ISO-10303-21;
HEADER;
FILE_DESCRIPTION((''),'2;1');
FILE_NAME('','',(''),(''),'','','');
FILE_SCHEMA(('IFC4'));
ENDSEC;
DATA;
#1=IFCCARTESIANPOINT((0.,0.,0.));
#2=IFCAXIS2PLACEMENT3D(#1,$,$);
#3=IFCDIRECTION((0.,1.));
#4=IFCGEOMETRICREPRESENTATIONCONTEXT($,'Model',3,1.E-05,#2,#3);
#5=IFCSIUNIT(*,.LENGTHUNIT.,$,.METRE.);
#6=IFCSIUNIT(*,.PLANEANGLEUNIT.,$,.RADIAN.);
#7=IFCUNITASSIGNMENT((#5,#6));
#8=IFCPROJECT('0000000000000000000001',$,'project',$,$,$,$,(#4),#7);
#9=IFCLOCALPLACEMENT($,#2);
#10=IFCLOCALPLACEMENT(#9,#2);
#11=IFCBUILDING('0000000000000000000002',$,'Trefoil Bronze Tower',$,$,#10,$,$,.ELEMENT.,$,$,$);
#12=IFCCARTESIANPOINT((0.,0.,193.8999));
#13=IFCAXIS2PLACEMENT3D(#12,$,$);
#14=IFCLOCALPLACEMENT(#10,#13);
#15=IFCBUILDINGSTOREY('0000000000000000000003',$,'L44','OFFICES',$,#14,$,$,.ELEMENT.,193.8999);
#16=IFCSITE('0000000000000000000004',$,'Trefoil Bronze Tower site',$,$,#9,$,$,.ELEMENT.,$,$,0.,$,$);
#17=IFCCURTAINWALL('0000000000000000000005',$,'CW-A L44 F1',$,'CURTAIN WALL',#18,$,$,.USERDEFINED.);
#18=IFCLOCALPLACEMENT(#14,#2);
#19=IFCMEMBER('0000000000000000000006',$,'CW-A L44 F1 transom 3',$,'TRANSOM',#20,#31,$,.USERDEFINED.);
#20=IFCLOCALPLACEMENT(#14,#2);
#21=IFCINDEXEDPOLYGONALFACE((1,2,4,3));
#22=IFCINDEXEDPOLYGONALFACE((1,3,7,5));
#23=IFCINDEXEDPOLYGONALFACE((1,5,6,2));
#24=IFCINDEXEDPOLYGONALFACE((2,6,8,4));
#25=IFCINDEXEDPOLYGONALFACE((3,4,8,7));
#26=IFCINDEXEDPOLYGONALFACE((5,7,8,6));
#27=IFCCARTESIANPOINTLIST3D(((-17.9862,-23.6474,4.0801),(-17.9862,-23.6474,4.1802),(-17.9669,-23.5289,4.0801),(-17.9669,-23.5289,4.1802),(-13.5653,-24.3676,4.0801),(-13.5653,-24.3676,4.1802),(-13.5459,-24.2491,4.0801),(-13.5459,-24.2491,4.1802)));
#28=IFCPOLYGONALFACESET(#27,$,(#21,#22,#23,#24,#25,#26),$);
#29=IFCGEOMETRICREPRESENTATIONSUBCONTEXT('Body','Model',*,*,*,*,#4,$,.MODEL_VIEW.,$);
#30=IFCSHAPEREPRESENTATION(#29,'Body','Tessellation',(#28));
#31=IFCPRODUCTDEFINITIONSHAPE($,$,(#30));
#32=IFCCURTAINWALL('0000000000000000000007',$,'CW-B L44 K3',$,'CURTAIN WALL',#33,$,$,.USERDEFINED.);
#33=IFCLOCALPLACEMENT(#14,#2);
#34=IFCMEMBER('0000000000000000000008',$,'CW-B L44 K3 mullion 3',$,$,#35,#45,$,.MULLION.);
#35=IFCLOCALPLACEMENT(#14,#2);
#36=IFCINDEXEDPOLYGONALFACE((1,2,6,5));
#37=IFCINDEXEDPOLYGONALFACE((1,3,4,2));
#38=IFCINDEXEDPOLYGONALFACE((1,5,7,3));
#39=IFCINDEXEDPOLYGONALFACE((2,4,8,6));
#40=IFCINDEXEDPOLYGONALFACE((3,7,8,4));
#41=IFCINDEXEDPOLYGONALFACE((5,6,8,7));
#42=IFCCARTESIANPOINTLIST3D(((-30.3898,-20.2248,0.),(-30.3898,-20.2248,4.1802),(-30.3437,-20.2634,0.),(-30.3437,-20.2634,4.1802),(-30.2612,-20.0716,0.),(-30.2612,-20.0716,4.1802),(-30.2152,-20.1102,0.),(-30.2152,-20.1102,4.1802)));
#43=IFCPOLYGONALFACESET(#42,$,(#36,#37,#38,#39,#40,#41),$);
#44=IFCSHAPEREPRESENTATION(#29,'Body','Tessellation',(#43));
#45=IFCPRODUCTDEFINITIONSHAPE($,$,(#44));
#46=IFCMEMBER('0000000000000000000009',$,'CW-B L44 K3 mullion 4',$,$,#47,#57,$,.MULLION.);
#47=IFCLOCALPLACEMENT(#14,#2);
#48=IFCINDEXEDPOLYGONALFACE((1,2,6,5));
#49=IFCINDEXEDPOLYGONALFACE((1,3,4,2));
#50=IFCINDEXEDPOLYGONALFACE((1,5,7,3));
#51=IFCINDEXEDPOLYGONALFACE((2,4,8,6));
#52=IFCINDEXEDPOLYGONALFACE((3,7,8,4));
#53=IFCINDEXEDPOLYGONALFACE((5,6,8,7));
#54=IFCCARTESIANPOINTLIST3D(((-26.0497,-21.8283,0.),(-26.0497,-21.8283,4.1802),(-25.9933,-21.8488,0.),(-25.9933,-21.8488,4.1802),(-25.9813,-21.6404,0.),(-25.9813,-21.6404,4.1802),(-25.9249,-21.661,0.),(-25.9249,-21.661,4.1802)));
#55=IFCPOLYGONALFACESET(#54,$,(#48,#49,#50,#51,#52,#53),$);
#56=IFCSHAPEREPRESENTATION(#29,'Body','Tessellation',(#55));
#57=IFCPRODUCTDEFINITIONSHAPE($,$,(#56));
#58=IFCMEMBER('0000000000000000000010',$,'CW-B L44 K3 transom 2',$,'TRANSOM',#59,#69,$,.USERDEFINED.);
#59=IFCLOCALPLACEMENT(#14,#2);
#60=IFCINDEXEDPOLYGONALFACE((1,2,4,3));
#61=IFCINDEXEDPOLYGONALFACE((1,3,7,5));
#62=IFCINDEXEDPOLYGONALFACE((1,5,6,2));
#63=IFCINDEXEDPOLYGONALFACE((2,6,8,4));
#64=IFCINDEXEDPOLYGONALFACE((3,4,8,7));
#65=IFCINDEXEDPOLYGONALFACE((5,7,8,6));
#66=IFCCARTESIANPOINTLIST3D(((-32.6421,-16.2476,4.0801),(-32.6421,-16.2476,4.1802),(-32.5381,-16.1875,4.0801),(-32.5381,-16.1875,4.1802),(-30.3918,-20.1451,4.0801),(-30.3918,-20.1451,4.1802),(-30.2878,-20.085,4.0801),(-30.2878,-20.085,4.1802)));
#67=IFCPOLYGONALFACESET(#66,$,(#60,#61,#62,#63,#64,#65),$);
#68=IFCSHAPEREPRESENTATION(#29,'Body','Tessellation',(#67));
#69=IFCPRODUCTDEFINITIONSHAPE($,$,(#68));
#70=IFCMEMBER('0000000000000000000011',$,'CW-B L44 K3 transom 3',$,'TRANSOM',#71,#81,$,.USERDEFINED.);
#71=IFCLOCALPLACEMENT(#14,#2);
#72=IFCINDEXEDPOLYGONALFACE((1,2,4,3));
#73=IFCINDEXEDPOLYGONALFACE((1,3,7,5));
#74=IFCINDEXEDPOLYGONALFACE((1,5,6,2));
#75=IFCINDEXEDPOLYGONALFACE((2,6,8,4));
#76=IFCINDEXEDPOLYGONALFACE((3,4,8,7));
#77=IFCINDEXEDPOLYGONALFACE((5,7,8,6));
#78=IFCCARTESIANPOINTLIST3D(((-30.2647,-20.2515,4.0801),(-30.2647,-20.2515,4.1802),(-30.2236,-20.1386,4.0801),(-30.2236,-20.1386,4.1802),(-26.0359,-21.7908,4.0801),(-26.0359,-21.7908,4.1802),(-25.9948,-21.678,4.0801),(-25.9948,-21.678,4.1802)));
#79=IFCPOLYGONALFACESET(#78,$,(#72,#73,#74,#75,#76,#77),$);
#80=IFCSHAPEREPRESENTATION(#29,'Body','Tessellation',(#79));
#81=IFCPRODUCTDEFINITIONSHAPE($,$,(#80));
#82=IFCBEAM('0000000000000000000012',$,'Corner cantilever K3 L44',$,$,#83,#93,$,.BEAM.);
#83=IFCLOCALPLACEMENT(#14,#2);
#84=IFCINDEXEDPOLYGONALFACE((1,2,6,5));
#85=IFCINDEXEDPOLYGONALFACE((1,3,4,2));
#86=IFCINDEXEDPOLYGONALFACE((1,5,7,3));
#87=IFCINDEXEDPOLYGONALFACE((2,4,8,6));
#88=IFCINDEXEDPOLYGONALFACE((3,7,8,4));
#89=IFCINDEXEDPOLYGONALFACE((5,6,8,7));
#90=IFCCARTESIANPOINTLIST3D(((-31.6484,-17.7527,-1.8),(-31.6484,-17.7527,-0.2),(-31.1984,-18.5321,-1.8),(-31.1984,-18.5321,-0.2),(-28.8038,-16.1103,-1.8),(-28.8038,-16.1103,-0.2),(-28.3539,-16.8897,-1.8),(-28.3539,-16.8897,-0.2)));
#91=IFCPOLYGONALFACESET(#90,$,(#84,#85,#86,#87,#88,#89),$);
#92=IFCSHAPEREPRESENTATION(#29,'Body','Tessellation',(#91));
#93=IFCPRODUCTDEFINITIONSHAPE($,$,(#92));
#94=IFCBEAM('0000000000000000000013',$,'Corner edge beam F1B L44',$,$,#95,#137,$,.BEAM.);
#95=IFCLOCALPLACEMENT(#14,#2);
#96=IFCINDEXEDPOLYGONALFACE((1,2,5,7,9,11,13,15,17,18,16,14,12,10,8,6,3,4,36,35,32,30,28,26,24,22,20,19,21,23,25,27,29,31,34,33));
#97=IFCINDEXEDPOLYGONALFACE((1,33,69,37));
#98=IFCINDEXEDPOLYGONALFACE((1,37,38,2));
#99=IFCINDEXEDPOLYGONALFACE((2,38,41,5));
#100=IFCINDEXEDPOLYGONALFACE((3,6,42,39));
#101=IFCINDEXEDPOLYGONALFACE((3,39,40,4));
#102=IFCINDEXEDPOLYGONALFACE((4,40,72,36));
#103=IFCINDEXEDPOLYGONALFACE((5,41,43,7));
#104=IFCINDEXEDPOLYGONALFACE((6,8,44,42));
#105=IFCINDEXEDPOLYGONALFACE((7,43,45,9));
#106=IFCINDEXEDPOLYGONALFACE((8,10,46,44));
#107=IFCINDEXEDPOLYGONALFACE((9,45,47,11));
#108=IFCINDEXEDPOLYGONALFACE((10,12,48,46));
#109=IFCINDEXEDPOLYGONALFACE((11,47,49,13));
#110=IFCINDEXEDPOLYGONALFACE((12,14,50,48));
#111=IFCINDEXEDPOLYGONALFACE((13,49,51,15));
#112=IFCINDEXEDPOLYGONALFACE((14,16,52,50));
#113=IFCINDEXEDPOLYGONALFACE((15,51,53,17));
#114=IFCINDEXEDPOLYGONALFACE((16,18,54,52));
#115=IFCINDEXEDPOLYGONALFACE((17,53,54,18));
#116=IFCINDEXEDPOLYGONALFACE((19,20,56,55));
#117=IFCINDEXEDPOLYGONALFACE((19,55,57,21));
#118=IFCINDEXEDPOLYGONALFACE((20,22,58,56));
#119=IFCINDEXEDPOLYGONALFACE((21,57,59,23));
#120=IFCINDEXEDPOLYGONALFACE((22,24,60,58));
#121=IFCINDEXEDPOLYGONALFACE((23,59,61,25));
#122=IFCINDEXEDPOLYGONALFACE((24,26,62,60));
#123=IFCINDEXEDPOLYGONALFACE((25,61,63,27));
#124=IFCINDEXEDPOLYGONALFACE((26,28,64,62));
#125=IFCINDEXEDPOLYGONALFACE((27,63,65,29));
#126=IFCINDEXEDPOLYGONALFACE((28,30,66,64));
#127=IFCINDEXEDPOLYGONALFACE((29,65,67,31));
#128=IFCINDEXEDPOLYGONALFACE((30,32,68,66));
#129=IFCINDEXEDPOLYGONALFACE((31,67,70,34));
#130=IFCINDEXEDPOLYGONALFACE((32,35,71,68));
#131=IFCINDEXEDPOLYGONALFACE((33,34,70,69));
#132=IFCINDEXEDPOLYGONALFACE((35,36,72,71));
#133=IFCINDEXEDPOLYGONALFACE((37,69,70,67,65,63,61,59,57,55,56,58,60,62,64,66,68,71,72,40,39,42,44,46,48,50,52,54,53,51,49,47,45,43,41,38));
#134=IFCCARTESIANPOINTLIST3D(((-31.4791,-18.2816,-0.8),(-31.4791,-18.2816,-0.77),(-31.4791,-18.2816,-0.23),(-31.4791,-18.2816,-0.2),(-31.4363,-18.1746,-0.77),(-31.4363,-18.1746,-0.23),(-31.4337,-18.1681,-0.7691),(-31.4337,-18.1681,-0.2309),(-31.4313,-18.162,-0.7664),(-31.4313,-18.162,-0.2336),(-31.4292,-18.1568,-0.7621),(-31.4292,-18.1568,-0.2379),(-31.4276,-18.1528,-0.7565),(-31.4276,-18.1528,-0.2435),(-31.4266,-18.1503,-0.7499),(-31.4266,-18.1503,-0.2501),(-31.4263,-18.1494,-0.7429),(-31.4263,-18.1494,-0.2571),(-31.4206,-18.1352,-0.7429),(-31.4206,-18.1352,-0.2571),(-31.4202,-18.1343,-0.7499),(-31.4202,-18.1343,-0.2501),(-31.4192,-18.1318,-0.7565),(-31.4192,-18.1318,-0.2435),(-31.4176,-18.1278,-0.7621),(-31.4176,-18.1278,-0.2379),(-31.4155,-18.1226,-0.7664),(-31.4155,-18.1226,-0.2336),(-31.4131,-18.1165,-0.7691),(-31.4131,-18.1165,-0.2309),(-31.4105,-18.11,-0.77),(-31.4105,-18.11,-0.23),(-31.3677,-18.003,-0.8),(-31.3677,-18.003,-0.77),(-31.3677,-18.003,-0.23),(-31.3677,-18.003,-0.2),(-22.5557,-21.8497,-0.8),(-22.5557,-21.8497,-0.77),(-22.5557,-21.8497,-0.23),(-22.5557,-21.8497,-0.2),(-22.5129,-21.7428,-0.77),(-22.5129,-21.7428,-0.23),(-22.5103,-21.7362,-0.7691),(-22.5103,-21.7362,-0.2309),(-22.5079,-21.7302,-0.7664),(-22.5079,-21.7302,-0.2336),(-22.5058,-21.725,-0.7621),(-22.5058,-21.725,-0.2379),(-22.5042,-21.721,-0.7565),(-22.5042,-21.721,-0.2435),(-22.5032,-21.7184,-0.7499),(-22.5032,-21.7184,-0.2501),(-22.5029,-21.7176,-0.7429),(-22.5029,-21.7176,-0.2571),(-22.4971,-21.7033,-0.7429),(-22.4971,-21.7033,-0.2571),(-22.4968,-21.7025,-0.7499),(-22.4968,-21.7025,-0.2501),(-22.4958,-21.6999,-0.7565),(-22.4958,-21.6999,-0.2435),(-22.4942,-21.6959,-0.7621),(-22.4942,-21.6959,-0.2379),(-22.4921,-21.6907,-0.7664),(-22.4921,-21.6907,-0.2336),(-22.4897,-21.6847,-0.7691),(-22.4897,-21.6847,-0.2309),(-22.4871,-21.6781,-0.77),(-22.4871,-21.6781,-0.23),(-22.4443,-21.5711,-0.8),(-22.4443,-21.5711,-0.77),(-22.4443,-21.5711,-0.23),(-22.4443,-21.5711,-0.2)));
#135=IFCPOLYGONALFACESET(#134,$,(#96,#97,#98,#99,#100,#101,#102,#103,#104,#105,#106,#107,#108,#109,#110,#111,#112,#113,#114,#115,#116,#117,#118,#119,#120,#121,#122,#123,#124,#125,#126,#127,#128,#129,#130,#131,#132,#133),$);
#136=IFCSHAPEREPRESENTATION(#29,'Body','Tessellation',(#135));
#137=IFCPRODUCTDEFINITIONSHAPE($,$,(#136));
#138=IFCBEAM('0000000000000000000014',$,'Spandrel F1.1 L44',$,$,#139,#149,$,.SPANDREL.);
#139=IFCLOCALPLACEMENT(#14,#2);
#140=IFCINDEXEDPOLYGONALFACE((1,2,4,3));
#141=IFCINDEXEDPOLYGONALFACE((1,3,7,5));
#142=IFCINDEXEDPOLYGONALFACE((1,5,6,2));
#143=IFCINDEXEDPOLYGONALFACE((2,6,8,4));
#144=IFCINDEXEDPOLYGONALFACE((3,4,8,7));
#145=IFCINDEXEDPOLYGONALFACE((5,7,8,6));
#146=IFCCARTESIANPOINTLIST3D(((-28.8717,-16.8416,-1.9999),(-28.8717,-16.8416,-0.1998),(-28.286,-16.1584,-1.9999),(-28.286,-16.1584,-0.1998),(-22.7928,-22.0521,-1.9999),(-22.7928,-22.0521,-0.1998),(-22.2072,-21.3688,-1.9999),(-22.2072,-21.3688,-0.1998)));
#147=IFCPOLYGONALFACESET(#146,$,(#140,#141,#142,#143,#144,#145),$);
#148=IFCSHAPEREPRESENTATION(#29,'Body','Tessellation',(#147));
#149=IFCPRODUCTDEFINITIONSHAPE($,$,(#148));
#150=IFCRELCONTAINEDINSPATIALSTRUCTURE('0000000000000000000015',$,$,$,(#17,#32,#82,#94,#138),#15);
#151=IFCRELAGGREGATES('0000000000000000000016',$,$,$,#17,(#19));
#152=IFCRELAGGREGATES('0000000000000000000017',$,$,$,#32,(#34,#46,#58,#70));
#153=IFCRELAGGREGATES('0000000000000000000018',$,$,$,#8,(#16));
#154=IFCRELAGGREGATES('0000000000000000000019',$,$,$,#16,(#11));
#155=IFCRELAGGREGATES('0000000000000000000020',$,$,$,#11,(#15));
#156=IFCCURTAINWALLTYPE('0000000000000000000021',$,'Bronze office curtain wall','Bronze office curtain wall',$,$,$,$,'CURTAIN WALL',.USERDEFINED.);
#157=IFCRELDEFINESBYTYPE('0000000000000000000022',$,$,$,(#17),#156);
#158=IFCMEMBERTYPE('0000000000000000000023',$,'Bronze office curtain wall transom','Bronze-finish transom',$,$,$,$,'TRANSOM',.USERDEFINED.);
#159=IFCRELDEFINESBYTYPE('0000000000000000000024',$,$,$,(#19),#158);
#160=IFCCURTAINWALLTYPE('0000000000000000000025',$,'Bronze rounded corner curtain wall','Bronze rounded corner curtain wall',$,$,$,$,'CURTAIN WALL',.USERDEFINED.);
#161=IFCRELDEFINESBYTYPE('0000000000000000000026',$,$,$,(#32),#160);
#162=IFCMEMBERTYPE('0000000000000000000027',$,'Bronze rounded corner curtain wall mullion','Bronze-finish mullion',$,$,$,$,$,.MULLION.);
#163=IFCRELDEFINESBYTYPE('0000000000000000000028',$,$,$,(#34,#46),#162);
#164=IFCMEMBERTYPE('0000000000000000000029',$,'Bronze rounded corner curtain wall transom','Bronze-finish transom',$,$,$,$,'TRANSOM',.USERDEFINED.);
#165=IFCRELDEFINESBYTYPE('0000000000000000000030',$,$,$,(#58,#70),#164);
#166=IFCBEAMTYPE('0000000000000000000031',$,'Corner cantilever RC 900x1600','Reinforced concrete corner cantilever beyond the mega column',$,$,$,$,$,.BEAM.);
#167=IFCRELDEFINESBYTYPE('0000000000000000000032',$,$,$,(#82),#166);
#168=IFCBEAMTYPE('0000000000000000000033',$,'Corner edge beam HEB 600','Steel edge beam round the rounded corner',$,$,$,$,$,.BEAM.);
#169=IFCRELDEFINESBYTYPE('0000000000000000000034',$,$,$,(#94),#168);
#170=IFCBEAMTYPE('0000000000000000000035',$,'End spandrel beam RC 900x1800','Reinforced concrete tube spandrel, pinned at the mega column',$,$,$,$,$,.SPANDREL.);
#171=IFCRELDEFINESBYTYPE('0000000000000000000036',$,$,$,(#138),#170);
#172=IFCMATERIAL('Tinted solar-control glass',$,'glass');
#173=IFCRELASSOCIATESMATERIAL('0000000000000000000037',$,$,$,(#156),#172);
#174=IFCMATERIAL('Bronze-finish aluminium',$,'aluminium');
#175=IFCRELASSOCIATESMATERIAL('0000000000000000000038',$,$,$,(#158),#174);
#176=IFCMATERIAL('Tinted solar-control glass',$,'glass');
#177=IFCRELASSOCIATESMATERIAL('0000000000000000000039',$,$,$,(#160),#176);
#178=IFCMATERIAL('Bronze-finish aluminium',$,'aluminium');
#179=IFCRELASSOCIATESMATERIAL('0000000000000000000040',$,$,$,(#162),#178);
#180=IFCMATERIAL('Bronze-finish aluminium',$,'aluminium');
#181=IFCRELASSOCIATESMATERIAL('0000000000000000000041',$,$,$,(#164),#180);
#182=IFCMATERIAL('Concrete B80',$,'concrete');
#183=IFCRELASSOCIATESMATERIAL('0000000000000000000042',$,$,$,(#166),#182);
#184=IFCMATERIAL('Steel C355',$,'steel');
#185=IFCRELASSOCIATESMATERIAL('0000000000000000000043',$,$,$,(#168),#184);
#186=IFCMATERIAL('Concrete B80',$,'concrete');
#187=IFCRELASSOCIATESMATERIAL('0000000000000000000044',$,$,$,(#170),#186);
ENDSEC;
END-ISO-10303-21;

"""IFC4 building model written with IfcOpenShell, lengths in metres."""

from ifc_helpers import new_model, si_unit, direction, frame, origin, origin_2d, place, context, subcontext, project, spatial, rectangle, i_section, extrude, material, material_profile, profile_set, type_object, element, aggregate, save


model = new_model("IFC4")

# Units and contexts
model_context = context("Model", 3, precision=1e-05, world=origin(), true_north=direction((0.0, 1.0)))
body_context = subcontext(model_context, "Body", "Model", "MODEL_VIEW")
ifc_project = project(units=[si_unit("LENGTHUNIT", "METRE"), si_unit("PLANEANGLEUNIT", "RADIAN")], contexts=[model_context])

# Site, building, storey
site_placement = place(None, origin())
site = spatial("IfcSite", under=ifc_project, at=site_placement, Name="Trefoil Bronze Tower site", CompositionType="ELEMENT", RefElevation=0.0)
building_placement = place(site_placement, origin())
building = spatial("IfcBuilding", under=site, at=building_placement, Name="Trefoil Bronze Tower", CompositionType="ELEMENT")
storey_placement = place(building_placement, frame((0.0, 0.0, 193.8999)))
storey = spatial("IfcBuildingStorey", under=building, at=storey_placement, Name="L44", Description="OFFICES", CompositionType="ELEMENT", Elevation=193.8999)

# Curtain walls, members
ifc_material_1 = material(Name="Tinted solar-control glass", Category="glass")
curtain_wall_type_1 = type_object("IfcCurtainWallType", Name="Bronze office curtain wall", Description="Bronze office curtain wall", ElementType="CURTAIN WALL", PredefinedType="USERDEFINED", material=ifc_material_1)
curtain_wall_1_placement = place(storey_placement, origin())
curtain_wall_1 = element("IfcCurtainWall", 1, at=curtain_wall_1_placement, inside=storey, type_object=curtain_wall_type_1, Name="CW-A L44 F1", ObjectType="CURTAIN WALL", PredefinedType="USERDEFINED")
ifc_material_2 = material(Name="Bronze-finish aluminium", Category="aluminium")
ifc_material_profile_1 = material_profile(ifc_material_2, rectangle(XDim=0.1201, YDim=0.1001, at=origin_2d()), Name="CW-A transom")
ifc_profile_set_1 = profile_set([ifc_material_profile_1], Name="Bronze-finish aluminium")
member_type_1 = type_object("IfcMemberType", Name="Bronze office curtain wall transom", Description="Bronze-finish transom", ElementType="TRANSOM", PredefinedType="USERDEFINED", material=ifc_profile_set_1)
member_1_placement = place(storey_placement, frame((-17.9766, -23.5881, 4.1301), z_axis=(0.986988, -0.160792, 0.0), x_axis=(0.160792, 0.986988, 0.0)))
member_1 = element("IfcMember", 2, at=member_1_placement, type_object=member_type_1, Name="CW-A L44 F1 transom 3", ObjectType="TRANSOM", PredefinedType="USERDEFINED", context=body_context, shape_type="SweptSolid", body=[
    extrude(rectangle(XDim=0.1201, YDim=0.1001, at=origin_2d()), origin(), (0.0, 0.0, 1.0), 4.4792),
])
ifc_material_3 = material(Name="Tinted solar-control glass", Category="glass")
curtain_wall_type_2 = type_object("IfcCurtainWallType", Name="Bronze rounded corner curtain wall", Description="Bronze rounded corner curtain wall", ElementType="CURTAIN WALL", PredefinedType="USERDEFINED", material=ifc_material_3)
curtain_wall_2_placement = place(storey_placement, origin())
curtain_wall_2 = element("IfcCurtainWall", 3, at=curtain_wall_2_placement, inside=storey, type_object=curtain_wall_type_2, Name="CW-B L44 K3", ObjectType="CURTAIN WALL", PredefinedType="USERDEFINED")
ifc_material_4 = material(Name="Bronze-finish aluminium", Category="aluminium")
ifc_material_profile_2 = material_profile(ifc_material_4, rectangle(XDim=0.2, YDim=0.0601, at=origin_2d()), Name="CW-B mullion")
ifc_profile_set_2 = profile_set([ifc_material_profile_2], Name="Bronze-finish aluminium")
member_type_2 = type_object("IfcMemberType", Name="Bronze rounded corner curtain wall mullion", Description="Bronze-finish mullion", PredefinedType="MULLION", material=ifc_profile_set_2)
member_2_placement = place(storey_placement, frame((-30.3025, -20.1675, 0.0), z_axis=(0.0, 0.0, 1.0), x_axis=(0.642788, 0.766044, 0.0)))
member_2 = element("IfcMember", 4, at=member_2_placement, type_object=member_type_2, Name="CW-B L44 K3 mullion 3", PredefinedType="MULLION", context=body_context, shape_type="SweptSolid", body=[
    extrude(rectangle(XDim=0.2, YDim=0.0601, at=origin_2d()), origin(), (0.0, 0.0, 1.0), 4.1802),
])
member_3_placement = place(storey_placement, frame((-25.9873, -21.7446, 0.0), z_axis=(0.0, 0.0, 1.0), x_axis=(0.34202, 0.939693, 0.0)))
member_3 = element("IfcMember", 5, at=member_3_placement, type_object=member_type_2, Name="CW-B L44 K3 mullion 4", PredefinedType="MULLION", context=body_context, shape_type="SweptSolid", body=[
    extrude(rectangle(XDim=0.2, YDim=0.0601, at=origin_2d()), origin(), (0.0, 0.0, 1.0), 4.1802),
])
ifc_material_5 = material(Name="Bronze-finish aluminium", Category="aluminium")
ifc_material_profile_3 = material_profile(ifc_material_5, rectangle(XDim=0.1201, YDim=0.1001, at=origin_2d()), Name="CW-B transom")
ifc_profile_set_3 = profile_set([ifc_material_profile_3], Name="Bronze-finish aluminium")
member_type_3 = type_object("IfcMemberType", Name="Bronze rounded corner curtain wall transom", Description="Bronze-finish transom", ElementType="TRANSOM", PredefinedType="USERDEFINED", material=ifc_profile_set_3)
member_4_placement = place(storey_placement, frame((-32.5901, -16.2175, 4.1301), z_axis=(0.500007, -0.866021, 0.0), x_axis=(0.866021, 0.500007, 0.0)))
member_4 = element("IfcMember", 6, at=member_4_placement, type_object=member_type_3, Name="CW-B L44 K3 transom 2", ObjectType="TRANSOM", PredefinedType="USERDEFINED", context=body_context, shape_type="SweptSolid", body=[
    extrude(rectangle(XDim=0.1201, YDim=0.1001, at=origin_2d()), origin(), (0.0, 0.0, 1.0), 4.5005),
])
member_5_placement = place(storey_placement, frame((-30.2441, -20.1951, 4.1301), z_axis=(0.939681, -0.342052, 0.0), x_axis=(0.342052, 0.939681, 0.0)))
member_5 = element("IfcMember", 7, at=member_5_placement, type_object=member_type_3, Name="CW-B L44 K3 transom 3", ObjectType="TRANSOM", PredefinedType="USERDEFINED", context=body_context, shape_type="SweptSolid", body=[
    extrude(rectangle(XDim=0.1201, YDim=0.1001, at=origin_2d()), origin(), (0.0, 0.0, 1.0), 4.5002),
])

# Beams
ifc_material_6 = material(Name="Concrete B80", Category="concrete")
ifc_material_profile_4 = material_profile(ifc_material_6, rectangle(XDim=0.8999, YDim=1.6001, at=origin_2d()), Name="RC 900x1600")
ifc_profile_set_4 = profile_set([ifc_material_profile_4], Name="Concrete B80")
beam_type_1 = type_object("IfcBeamType", Name="Corner cantilever RC 900x1600", Description="Reinforced concrete corner cantilever beyond the mega column", PredefinedType="BEAM", material=ifc_profile_set_4)
beam_1_placement = place(storey_placement, frame((-28.5789, -16.5, -1.0), z_axis=(-0.866016, -0.500016, 0.0), x_axis=(0.500016, -0.866016, 0.0)))
element("IfcBeam", 8, at=beam_1_placement, inside=storey, type_object=beam_type_1, Name="Corner cantilever K3 L44", PredefinedType="BEAM", context=body_context, shape_type="SweptSolid", body=[
    extrude(rectangle(XDim=0.8999, YDim=1.6001, at=origin_2d()), origin(), (0.0, 0.0, 1.0), 3.2847),
])
ifc_material_7 = material(Name="Steel C355", Category="steel")
ifc_material_profile_5 = material_profile(ifc_material_7, i_section(OverallWidth=0.3, OverallDepth=0.6001, WebThickness=0.0154, FlangeThickness=0.03, FilletRadius=0.0271, at=origin_2d()), Name="HEB 600")
ifc_profile_set_5 = profile_set([ifc_material_profile_5], Name="Steel C355")
beam_type_2 = type_object("IfcBeamType", Name="Corner edge beam HEB 600", Description="Steel edge beam round the rounded corner", PredefinedType="BEAM", material=ifc_profile_set_5)
beam_2_placement = place(storey_placement, frame((-22.5, -21.7104, -0.5), z_axis=(-0.92852, 0.371281, 0.0), x_axis=(-0.371281, -0.92852, 0.0)))
element("IfcBeam", 9, at=beam_2_placement, inside=storey, type_object=beam_type_2, Name="Corner edge beam F1B L44", PredefinedType="BEAM", context=body_context, shape_type="SweptSolid", body=[
    extrude(i_section(OverallWidth=0.3, OverallDepth=0.6001, WebThickness=0.0154, FlangeThickness=0.03, FilletRadius=0.0271, at=origin_2d()), origin(), (0.0, 0.0, 1.0), 9.6104),
])
ifc_material_8 = material(Name="Concrete B80", Category="concrete")
ifc_material_profile_6 = material_profile(ifc_material_8, rectangle(XDim=0.8999, YDim=1.8, at=origin_2d()), Name="RC 900x1800")
ifc_profile_set_6 = profile_set([ifc_material_profile_6], Name="Concrete B80")
beam_type_3 = type_object("IfcBeamType", Name="End spandrel beam RC 900x1800", Description="Reinforced concrete tube spandrel, pinned at the mega column", PredefinedType="SPANDREL", material=ifc_profile_set_6)
beam_3_placement = place(storey_placement, frame((-28.5789, -16.5, -1.0999), z_axis=(0.759257, -0.650791, 0.0), x_axis=(0.650791, 0.759257, 0.0)))
element("IfcBeam", 10, at=beam_3_placement, inside=storey, type_object=beam_type_3, Name="Spandrel F1.1 L44", PredefinedType="SPANDREL", context=body_context, shape_type="SweptSolid", body=[
    extrude(rectangle(XDim=0.8999, YDim=1.8, at=origin_2d()), origin(), (0.0, 0.0, 1.0), 8.0063),
])

aggregate(curtain_wall_1, [member_1])
aggregate(curtain_wall_2, [member_2, member_3, member_4, member_5])

save(model, "model.ifc")
